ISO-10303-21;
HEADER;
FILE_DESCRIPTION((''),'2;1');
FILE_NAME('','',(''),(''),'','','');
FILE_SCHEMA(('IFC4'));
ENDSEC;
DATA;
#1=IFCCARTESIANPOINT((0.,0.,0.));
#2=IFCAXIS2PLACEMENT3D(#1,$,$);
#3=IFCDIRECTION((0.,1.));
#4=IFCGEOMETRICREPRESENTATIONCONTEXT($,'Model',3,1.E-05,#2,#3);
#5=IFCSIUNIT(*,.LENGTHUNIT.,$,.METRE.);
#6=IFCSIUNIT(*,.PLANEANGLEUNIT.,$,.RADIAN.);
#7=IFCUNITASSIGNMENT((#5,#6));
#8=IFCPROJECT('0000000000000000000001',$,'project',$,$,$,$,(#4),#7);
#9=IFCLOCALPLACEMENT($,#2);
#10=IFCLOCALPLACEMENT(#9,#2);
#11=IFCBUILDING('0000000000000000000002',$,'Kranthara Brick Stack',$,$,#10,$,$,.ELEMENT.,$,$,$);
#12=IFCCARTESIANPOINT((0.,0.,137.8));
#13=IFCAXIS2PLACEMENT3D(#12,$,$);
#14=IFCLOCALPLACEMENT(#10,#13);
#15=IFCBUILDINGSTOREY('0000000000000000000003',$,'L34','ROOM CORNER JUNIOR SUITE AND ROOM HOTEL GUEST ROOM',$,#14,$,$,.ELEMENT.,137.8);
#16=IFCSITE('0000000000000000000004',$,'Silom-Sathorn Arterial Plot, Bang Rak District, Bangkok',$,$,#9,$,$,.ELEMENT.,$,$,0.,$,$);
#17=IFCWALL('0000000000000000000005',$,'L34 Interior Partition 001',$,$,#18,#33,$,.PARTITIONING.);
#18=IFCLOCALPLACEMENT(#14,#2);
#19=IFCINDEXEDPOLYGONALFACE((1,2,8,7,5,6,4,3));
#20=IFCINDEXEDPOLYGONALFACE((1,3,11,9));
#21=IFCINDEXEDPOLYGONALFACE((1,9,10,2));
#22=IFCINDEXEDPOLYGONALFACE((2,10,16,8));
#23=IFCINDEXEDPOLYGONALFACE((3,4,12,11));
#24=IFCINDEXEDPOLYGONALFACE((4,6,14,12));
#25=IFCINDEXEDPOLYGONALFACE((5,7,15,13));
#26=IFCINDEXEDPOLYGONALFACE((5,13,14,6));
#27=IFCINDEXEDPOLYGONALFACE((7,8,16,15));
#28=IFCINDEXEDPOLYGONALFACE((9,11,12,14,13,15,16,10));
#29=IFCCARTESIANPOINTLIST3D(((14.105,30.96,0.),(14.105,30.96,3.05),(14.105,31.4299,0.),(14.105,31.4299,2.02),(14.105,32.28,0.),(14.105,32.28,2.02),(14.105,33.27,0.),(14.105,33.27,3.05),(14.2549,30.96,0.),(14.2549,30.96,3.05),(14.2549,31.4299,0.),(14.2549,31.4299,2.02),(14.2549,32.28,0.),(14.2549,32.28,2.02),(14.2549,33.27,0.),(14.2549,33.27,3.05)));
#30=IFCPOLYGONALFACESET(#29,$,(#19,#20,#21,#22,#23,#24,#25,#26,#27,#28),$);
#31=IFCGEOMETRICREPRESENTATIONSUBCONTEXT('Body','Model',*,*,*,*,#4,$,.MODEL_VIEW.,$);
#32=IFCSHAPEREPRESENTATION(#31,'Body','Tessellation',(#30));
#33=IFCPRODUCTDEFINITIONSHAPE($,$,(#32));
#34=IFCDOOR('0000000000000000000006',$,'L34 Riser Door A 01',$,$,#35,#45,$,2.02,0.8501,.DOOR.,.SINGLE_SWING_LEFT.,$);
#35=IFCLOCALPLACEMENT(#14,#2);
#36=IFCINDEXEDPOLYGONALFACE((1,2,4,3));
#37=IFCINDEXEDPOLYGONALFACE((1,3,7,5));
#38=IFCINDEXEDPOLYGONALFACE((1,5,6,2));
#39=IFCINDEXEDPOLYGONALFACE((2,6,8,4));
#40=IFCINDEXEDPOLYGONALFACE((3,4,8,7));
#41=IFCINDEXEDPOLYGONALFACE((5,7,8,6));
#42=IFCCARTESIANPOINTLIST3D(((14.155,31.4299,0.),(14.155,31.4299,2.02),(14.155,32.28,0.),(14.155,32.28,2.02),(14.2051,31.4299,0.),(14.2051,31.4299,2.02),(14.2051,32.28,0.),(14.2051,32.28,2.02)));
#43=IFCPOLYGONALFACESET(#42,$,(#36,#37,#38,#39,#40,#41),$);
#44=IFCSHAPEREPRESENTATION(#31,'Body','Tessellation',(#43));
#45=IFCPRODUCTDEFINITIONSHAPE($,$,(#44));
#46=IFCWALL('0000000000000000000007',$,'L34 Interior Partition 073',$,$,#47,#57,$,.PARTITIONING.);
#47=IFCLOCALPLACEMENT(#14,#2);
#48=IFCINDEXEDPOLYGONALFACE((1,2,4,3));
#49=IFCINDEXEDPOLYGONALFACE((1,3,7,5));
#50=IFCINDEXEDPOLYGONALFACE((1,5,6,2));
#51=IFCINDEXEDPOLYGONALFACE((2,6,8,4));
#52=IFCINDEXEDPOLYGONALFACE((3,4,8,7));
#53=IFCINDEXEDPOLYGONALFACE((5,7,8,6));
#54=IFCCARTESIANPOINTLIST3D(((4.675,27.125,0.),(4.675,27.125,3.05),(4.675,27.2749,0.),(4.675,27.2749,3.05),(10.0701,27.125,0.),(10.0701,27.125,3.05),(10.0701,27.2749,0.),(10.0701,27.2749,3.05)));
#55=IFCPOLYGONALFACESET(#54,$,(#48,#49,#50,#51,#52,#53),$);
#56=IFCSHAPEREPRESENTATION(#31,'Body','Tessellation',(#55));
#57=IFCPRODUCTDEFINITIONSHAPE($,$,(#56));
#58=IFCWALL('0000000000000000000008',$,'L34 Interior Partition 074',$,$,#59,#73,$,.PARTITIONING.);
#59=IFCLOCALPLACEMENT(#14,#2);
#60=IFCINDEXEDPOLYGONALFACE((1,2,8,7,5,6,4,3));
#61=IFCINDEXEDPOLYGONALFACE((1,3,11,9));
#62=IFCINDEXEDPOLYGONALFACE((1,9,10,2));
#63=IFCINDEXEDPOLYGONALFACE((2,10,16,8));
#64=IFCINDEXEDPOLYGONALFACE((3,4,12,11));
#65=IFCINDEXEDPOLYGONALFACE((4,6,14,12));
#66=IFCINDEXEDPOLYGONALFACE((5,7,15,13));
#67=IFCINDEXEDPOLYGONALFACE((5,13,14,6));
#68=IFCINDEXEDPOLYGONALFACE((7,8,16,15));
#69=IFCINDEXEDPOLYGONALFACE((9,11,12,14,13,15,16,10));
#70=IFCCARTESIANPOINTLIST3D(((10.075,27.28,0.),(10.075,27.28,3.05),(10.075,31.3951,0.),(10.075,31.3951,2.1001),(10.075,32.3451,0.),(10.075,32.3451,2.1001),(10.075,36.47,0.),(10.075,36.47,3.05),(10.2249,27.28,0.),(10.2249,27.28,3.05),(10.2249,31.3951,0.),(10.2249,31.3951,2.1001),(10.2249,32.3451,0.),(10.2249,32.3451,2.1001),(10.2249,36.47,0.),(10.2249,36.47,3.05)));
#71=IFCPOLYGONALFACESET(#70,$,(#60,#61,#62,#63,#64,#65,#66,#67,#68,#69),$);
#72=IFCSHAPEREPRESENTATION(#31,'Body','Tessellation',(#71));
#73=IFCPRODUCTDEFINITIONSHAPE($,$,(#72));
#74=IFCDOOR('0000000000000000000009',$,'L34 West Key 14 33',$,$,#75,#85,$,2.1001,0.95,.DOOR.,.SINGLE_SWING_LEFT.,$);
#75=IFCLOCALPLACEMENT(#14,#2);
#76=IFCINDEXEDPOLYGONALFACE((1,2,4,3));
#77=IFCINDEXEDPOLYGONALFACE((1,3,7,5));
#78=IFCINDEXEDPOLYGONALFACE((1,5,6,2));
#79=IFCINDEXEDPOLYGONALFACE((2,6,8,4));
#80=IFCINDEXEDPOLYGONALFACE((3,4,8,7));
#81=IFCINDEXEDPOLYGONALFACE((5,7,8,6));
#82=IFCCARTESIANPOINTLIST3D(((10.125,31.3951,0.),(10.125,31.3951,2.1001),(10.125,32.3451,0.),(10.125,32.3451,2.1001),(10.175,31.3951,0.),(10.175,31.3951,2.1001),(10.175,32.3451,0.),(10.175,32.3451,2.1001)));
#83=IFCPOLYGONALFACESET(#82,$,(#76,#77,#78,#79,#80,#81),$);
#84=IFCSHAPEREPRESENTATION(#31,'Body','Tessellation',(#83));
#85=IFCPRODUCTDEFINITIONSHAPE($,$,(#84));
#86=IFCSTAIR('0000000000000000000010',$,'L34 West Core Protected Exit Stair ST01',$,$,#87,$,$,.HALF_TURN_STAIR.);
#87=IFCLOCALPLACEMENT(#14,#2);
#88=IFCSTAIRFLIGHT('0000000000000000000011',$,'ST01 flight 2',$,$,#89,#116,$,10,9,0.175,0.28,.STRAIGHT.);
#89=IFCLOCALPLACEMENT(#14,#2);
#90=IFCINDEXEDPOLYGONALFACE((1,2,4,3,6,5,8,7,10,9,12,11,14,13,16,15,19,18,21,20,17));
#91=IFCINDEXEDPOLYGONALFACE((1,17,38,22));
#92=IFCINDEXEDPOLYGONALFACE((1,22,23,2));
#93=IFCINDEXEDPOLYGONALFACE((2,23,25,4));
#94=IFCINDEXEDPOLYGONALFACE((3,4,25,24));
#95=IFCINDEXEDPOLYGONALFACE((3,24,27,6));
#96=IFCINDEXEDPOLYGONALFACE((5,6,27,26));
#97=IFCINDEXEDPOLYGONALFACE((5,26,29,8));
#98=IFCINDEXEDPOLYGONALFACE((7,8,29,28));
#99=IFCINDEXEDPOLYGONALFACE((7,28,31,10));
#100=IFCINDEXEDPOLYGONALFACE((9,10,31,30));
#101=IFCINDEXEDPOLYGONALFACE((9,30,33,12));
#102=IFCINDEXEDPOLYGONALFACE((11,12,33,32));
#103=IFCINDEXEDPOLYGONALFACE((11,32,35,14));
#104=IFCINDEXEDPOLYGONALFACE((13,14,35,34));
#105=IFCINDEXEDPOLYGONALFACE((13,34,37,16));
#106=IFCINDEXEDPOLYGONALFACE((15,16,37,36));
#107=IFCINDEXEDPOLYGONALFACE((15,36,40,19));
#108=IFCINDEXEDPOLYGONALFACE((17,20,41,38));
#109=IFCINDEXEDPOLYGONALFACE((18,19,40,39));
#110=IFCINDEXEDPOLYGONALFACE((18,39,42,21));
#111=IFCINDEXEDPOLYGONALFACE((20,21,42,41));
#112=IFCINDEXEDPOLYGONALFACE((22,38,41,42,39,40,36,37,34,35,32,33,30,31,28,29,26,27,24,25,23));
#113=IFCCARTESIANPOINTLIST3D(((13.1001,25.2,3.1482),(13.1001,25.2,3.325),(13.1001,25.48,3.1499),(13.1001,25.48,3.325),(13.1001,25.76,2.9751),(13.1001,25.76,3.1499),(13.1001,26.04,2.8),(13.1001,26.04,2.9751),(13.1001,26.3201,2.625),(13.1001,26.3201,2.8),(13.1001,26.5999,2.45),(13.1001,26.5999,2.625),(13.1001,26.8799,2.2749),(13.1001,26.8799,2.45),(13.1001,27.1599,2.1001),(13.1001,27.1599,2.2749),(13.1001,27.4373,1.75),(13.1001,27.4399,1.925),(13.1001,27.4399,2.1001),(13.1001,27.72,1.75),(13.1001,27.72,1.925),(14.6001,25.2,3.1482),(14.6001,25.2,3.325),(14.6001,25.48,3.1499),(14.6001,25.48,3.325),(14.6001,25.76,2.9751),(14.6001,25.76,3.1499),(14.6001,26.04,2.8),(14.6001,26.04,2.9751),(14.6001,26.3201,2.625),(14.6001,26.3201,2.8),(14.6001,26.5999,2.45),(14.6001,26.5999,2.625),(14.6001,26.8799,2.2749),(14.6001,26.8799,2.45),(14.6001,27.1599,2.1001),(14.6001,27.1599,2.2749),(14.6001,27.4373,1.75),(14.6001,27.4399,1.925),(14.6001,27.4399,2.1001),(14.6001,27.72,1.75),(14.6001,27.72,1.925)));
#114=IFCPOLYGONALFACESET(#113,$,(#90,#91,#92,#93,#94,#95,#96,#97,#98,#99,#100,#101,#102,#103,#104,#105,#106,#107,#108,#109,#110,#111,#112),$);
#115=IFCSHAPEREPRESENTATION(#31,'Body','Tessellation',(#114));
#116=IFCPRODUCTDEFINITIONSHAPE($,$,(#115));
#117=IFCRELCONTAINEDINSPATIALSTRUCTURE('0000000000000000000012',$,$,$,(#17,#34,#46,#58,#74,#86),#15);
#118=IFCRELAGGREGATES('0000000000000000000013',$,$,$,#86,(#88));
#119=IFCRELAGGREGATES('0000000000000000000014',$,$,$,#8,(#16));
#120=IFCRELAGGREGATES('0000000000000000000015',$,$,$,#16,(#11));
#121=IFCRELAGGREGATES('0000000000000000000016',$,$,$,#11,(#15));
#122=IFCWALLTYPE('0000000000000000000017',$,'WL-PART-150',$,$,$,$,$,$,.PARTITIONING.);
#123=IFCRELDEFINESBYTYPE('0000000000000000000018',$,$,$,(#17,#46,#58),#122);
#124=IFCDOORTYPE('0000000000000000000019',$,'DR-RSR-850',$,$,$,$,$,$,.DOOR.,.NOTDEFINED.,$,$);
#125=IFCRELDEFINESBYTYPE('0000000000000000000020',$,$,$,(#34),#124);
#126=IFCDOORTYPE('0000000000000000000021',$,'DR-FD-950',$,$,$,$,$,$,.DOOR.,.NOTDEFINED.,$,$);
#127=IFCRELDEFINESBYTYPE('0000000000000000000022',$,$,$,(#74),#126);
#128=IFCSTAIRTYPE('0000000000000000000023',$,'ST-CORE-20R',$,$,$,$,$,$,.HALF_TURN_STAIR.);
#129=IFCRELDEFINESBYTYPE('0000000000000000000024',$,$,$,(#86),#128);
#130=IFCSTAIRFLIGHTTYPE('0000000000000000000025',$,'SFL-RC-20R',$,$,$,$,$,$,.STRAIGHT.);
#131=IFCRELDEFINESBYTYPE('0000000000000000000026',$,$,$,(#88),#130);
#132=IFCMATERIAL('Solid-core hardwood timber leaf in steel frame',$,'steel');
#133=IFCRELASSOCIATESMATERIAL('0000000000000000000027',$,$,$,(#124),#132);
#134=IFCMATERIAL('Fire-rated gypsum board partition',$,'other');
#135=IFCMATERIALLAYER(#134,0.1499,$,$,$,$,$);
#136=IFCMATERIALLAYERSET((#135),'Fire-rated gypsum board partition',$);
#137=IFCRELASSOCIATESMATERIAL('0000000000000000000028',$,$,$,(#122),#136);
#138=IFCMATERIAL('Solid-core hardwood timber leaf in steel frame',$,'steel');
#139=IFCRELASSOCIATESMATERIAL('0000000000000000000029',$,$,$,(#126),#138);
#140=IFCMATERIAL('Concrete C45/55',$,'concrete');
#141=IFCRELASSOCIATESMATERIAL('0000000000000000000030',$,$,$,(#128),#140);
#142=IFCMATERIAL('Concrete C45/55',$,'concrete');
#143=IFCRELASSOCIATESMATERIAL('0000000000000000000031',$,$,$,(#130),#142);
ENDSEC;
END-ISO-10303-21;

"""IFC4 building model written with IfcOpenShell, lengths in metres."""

from ifc_helpers import new_model, si_unit, direction, frame, frame_2d, origin, place, context, subcontext, project, spatial, polyline, rectangle, outline, extrude, material, layer, layer_set, type_object, element, fill, aggregate, save


model = new_model("IFC4")

# Units and contexts
model_context = context("Model", 3, precision=1e-05, world=origin(), true_north=direction((0.0, 1.0)))
body_context = subcontext(model_context, "Body", "Model", "MODEL_VIEW")
ifc_project = project(units=[si_unit("LENGTHUNIT", "METRE"), si_unit("PLANEANGLEUNIT", "RADIAN")], contexts=[model_context])

# Site, building, storey
site_placement = place(None, origin())
site = spatial("IfcSite", under=ifc_project, at=site_placement, Name="Silom-Sathorn Arterial Plot, Bang Rak District, Bangkok", CompositionType="ELEMENT", RefElevation=0.0)
building_placement = place(site_placement, origin())
building = spatial("IfcBuilding", under=site, at=building_placement, Name="Kranthara Brick Stack", CompositionType="ELEMENT")
storey_placement = place(building_placement, frame((0.0, 0.0, 137.8)))
storey = spatial("IfcBuildingStorey", under=building, at=storey_placement, Name="L34", Description="ROOM CORNER JUNIOR SUITE AND ROOM HOTEL GUEST ROOM", CompositionType="ELEMENT", Elevation=137.8)

# Wall, opening, door
ifc_material_1 = material(Name="Solid-core hardwood timber leaf in steel frame", Category="steel")
door_type_1 = type_object("IfcDoorType", Name="DR-RSR-850", OperationType="NOTDEFINED", PredefinedType="DOOR", material=ifc_material_1)
ifc_material_2 = material(Name="Fire-rated gypsum board partition", Category="other")
ifc_layer_1 = layer(ifc_material_2, 0.1499)
ifc_layer_set_1 = layer_set([ifc_layer_1], Name="Fire-rated gypsum board partition")
wall_type_1 = type_object("IfcWallType", Name="WL-PART-150", PredefinedType="PARTITIONING", material=ifc_layer_set_1)
wall_1_placement = place(storey_placement, frame((14.1799, 30.96, 0.0), z_axis=(0.0, 0.0, 1.0), x_axis=(0.0, 1.0, 0.0)))
wall_1 = element("IfcWall", 1, at=wall_1_placement, inside=storey, type_object=wall_type_1, Name="L34 Interior Partition 001", PredefinedType="PARTITIONING", context=body_context, shape_type="SweptSolid", body=[
    extrude(rectangle(XDim=2.3101, YDim=0.1499, at=frame_2d((1.155, 0.0))), origin(), (0.0, 0.0, 1.0), 3.05),
])
opening_1_placement = place(wall_1_placement, frame((0.47, 0.0, 0.0)))
opening_1 = element("IfcOpeningElement", 2, at=opening_1_placement, cuts=wall_1, PredefinedType="OPENING", context=body_context, shape_type="SweptSolid", body=[
    extrude(rectangle(XDim=0.8501, YDim=2.02, at=frame_2d((0.425, 1.01))), frame((0.0, 0.085, 0.0), z_axis=(0.0, -1.0, 0.0), x_axis=(1.0, 0.0, 0.0)), (0.0, 0.0, 1.0), 0.1699),
])
door_1_placement = place(opening_1_placement, origin())
door_1 = element("IfcDoor", 3, at=door_1_placement, inside=storey, type_object=door_type_1, Name="L34 Riser Door A 01", OperationType="SINGLE_SWING_LEFT", OverallHeight=2.02, OverallWidth=0.8501, PredefinedType="DOOR", context=body_context, shape_type="SweptSolid", body=[
    extrude(rectangle(XDim=0.8501, YDim=2.02, at=frame_2d((0.425, 1.01))), frame((0.0, 0.0249, 0.0), z_axis=(0.0, -1.0, 0.0), x_axis=(1.0, 0.0, 0.0)), (0.0, 0.0, 1.0), 0.05),
])
fill(opening_1, door_1)

# Wall
wall_2_placement = place(storey_placement, frame((4.675, 27.2, 0.0), z_axis=(0.0, 0.0, 1.0), x_axis=(1.0, 0.0, 0.0)))
element("IfcWall", 4, at=wall_2_placement, inside=storey, type_object=wall_type_1, Name="L34 Interior Partition 073", PredefinedType="PARTITIONING", context=body_context, shape_type="SweptSolid", body=[
    extrude(rectangle(XDim=5.395, YDim=0.1499, at=frame_2d((2.6975, 0.0))), origin(), (0.0, 0.0, 1.0), 3.05),
])

# Wall, opening, door
wall_3_placement = place(storey_placement, frame((10.1499, 27.28, 0.0), z_axis=(0.0, 0.0, 1.0), x_axis=(0.0, 1.0, 0.0)))
wall_3 = element("IfcWall", 5, at=wall_3_placement, inside=storey, type_object=wall_type_1, Name="L34 Interior Partition 074", PredefinedType="PARTITIONING", context=body_context, shape_type="SweptSolid", body=[
    extrude(rectangle(XDim=9.1899, YDim=0.1499, at=frame_2d((4.595, 0.0))), origin(), (0.0, 0.0, 1.0), 3.05),
])
opening_2_placement = place(wall_3_placement, frame((4.115, 0.0, 0.0)))
opening_2 = element("IfcOpeningElement", 6, at=opening_2_placement, cuts=wall_3, PredefinedType="OPENING", context=body_context, shape_type="SweptSolid", body=[
    extrude(rectangle(XDim=0.95, YDim=2.1001, at=frame_2d((0.4751, 1.05))), frame((0.0, 0.085, 0.0), z_axis=(0.0, -1.0, 0.0), x_axis=(1.0, 0.0, 0.0)), (0.0, 0.0, 1.0), 0.1699),
])
ifc_material_3 = material(Name="Solid-core hardwood timber leaf in steel frame", Category="steel")
door_type_2 = type_object("IfcDoorType", Name="DR-FD-950", OperationType="NOTDEFINED", PredefinedType="DOOR", material=ifc_material_3)
door_2_placement = place(opening_2_placement, origin())
door_2 = element("IfcDoor", 7, at=door_2_placement, inside=storey, type_object=door_type_2, Name="L34 West Key 14 33", OperationType="SINGLE_SWING_LEFT", OverallHeight=2.1001, OverallWidth=0.95, PredefinedType="DOOR", context=body_context, shape_type="SweptSolid", body=[
    extrude(rectangle(XDim=0.95, YDim=2.1001, at=frame_2d((0.4751, 1.05))), frame((0.0, 0.0249, 0.0), z_axis=(0.0, -1.0, 0.0), x_axis=(1.0, 0.0, 0.0)), (0.0, 0.0, 1.0), 0.05),
])
fill(opening_2, door_2)

# Stair, stair flight
ifc_material_4 = material(Name="Concrete C45/55", Category="concrete")
stair_type = type_object("IfcStairType", Name="ST-CORE-20R", PredefinedType="HALF_TURN_STAIR", material=ifc_material_4)
stair_placement = place(storey_placement, origin())
stair = element("IfcStair", 8, at=stair_placement, inside=storey, type_object=stair_type, Name="L34 West Core Protected Exit Stair ST01", PredefinedType="HALF_TURN_STAIR")
ifc_material_5 = material(Name="Concrete C45/55", Category="concrete")
stair_flight_type = type_object("IfcStairFlightType", Name="SFL-RC-20R", PredefinedType="STRAIGHT", material=ifc_material_5)
stair_flight_placement = place(storey_placement, frame((13.8501, 27.72, 1.75), z_axis=(0.0, 0.0, 1.0), x_axis=(0.0, -1.0, 0.0)))
stair_flight = element("IfcStairFlight", 9, at=stair_flight_placement, type_object=stair_flight_type, Name="ST01 flight 2", NumberOfRisers=10, NumberOfTreads=9, PredefinedType="STRAIGHT", RiserHeight=0.175, TreadLength=0.28, context=body_context, shape_type="SweptSolid", body=[
    extrude(outline(polyline([(0.0, 0.0), (0.0, 0.175), (0.28, 0.175), (0.28, 0.3501), (0.5601, 0.3501), (0.5601, 0.5249), (0.8401, 0.5249), (0.8401, 0.7), (1.1201, 0.7), (1.1201, 0.875), (1.3999, 0.875), (1.3999, 1.05), (1.6799, 1.05), (1.6799, 1.2251), (1.96, 1.2251), (1.96, 1.3999), (2.24, 1.3999), (2.24, 1.575), (2.52, 1.575), (2.52, 1.75), (2.52, 1.3982), (0.2827, 0.0), (0.0, 0.0)])), frame((0.0, 0.75, 0.0), z_axis=(0.0, -1.0, 0.0), x_axis=(1.0, 0.0, 0.0)), (0.0, 0.0, 1.0), 1.5),
])
aggregate(stair, [stair_flight])

save(model, "model.ifc")
